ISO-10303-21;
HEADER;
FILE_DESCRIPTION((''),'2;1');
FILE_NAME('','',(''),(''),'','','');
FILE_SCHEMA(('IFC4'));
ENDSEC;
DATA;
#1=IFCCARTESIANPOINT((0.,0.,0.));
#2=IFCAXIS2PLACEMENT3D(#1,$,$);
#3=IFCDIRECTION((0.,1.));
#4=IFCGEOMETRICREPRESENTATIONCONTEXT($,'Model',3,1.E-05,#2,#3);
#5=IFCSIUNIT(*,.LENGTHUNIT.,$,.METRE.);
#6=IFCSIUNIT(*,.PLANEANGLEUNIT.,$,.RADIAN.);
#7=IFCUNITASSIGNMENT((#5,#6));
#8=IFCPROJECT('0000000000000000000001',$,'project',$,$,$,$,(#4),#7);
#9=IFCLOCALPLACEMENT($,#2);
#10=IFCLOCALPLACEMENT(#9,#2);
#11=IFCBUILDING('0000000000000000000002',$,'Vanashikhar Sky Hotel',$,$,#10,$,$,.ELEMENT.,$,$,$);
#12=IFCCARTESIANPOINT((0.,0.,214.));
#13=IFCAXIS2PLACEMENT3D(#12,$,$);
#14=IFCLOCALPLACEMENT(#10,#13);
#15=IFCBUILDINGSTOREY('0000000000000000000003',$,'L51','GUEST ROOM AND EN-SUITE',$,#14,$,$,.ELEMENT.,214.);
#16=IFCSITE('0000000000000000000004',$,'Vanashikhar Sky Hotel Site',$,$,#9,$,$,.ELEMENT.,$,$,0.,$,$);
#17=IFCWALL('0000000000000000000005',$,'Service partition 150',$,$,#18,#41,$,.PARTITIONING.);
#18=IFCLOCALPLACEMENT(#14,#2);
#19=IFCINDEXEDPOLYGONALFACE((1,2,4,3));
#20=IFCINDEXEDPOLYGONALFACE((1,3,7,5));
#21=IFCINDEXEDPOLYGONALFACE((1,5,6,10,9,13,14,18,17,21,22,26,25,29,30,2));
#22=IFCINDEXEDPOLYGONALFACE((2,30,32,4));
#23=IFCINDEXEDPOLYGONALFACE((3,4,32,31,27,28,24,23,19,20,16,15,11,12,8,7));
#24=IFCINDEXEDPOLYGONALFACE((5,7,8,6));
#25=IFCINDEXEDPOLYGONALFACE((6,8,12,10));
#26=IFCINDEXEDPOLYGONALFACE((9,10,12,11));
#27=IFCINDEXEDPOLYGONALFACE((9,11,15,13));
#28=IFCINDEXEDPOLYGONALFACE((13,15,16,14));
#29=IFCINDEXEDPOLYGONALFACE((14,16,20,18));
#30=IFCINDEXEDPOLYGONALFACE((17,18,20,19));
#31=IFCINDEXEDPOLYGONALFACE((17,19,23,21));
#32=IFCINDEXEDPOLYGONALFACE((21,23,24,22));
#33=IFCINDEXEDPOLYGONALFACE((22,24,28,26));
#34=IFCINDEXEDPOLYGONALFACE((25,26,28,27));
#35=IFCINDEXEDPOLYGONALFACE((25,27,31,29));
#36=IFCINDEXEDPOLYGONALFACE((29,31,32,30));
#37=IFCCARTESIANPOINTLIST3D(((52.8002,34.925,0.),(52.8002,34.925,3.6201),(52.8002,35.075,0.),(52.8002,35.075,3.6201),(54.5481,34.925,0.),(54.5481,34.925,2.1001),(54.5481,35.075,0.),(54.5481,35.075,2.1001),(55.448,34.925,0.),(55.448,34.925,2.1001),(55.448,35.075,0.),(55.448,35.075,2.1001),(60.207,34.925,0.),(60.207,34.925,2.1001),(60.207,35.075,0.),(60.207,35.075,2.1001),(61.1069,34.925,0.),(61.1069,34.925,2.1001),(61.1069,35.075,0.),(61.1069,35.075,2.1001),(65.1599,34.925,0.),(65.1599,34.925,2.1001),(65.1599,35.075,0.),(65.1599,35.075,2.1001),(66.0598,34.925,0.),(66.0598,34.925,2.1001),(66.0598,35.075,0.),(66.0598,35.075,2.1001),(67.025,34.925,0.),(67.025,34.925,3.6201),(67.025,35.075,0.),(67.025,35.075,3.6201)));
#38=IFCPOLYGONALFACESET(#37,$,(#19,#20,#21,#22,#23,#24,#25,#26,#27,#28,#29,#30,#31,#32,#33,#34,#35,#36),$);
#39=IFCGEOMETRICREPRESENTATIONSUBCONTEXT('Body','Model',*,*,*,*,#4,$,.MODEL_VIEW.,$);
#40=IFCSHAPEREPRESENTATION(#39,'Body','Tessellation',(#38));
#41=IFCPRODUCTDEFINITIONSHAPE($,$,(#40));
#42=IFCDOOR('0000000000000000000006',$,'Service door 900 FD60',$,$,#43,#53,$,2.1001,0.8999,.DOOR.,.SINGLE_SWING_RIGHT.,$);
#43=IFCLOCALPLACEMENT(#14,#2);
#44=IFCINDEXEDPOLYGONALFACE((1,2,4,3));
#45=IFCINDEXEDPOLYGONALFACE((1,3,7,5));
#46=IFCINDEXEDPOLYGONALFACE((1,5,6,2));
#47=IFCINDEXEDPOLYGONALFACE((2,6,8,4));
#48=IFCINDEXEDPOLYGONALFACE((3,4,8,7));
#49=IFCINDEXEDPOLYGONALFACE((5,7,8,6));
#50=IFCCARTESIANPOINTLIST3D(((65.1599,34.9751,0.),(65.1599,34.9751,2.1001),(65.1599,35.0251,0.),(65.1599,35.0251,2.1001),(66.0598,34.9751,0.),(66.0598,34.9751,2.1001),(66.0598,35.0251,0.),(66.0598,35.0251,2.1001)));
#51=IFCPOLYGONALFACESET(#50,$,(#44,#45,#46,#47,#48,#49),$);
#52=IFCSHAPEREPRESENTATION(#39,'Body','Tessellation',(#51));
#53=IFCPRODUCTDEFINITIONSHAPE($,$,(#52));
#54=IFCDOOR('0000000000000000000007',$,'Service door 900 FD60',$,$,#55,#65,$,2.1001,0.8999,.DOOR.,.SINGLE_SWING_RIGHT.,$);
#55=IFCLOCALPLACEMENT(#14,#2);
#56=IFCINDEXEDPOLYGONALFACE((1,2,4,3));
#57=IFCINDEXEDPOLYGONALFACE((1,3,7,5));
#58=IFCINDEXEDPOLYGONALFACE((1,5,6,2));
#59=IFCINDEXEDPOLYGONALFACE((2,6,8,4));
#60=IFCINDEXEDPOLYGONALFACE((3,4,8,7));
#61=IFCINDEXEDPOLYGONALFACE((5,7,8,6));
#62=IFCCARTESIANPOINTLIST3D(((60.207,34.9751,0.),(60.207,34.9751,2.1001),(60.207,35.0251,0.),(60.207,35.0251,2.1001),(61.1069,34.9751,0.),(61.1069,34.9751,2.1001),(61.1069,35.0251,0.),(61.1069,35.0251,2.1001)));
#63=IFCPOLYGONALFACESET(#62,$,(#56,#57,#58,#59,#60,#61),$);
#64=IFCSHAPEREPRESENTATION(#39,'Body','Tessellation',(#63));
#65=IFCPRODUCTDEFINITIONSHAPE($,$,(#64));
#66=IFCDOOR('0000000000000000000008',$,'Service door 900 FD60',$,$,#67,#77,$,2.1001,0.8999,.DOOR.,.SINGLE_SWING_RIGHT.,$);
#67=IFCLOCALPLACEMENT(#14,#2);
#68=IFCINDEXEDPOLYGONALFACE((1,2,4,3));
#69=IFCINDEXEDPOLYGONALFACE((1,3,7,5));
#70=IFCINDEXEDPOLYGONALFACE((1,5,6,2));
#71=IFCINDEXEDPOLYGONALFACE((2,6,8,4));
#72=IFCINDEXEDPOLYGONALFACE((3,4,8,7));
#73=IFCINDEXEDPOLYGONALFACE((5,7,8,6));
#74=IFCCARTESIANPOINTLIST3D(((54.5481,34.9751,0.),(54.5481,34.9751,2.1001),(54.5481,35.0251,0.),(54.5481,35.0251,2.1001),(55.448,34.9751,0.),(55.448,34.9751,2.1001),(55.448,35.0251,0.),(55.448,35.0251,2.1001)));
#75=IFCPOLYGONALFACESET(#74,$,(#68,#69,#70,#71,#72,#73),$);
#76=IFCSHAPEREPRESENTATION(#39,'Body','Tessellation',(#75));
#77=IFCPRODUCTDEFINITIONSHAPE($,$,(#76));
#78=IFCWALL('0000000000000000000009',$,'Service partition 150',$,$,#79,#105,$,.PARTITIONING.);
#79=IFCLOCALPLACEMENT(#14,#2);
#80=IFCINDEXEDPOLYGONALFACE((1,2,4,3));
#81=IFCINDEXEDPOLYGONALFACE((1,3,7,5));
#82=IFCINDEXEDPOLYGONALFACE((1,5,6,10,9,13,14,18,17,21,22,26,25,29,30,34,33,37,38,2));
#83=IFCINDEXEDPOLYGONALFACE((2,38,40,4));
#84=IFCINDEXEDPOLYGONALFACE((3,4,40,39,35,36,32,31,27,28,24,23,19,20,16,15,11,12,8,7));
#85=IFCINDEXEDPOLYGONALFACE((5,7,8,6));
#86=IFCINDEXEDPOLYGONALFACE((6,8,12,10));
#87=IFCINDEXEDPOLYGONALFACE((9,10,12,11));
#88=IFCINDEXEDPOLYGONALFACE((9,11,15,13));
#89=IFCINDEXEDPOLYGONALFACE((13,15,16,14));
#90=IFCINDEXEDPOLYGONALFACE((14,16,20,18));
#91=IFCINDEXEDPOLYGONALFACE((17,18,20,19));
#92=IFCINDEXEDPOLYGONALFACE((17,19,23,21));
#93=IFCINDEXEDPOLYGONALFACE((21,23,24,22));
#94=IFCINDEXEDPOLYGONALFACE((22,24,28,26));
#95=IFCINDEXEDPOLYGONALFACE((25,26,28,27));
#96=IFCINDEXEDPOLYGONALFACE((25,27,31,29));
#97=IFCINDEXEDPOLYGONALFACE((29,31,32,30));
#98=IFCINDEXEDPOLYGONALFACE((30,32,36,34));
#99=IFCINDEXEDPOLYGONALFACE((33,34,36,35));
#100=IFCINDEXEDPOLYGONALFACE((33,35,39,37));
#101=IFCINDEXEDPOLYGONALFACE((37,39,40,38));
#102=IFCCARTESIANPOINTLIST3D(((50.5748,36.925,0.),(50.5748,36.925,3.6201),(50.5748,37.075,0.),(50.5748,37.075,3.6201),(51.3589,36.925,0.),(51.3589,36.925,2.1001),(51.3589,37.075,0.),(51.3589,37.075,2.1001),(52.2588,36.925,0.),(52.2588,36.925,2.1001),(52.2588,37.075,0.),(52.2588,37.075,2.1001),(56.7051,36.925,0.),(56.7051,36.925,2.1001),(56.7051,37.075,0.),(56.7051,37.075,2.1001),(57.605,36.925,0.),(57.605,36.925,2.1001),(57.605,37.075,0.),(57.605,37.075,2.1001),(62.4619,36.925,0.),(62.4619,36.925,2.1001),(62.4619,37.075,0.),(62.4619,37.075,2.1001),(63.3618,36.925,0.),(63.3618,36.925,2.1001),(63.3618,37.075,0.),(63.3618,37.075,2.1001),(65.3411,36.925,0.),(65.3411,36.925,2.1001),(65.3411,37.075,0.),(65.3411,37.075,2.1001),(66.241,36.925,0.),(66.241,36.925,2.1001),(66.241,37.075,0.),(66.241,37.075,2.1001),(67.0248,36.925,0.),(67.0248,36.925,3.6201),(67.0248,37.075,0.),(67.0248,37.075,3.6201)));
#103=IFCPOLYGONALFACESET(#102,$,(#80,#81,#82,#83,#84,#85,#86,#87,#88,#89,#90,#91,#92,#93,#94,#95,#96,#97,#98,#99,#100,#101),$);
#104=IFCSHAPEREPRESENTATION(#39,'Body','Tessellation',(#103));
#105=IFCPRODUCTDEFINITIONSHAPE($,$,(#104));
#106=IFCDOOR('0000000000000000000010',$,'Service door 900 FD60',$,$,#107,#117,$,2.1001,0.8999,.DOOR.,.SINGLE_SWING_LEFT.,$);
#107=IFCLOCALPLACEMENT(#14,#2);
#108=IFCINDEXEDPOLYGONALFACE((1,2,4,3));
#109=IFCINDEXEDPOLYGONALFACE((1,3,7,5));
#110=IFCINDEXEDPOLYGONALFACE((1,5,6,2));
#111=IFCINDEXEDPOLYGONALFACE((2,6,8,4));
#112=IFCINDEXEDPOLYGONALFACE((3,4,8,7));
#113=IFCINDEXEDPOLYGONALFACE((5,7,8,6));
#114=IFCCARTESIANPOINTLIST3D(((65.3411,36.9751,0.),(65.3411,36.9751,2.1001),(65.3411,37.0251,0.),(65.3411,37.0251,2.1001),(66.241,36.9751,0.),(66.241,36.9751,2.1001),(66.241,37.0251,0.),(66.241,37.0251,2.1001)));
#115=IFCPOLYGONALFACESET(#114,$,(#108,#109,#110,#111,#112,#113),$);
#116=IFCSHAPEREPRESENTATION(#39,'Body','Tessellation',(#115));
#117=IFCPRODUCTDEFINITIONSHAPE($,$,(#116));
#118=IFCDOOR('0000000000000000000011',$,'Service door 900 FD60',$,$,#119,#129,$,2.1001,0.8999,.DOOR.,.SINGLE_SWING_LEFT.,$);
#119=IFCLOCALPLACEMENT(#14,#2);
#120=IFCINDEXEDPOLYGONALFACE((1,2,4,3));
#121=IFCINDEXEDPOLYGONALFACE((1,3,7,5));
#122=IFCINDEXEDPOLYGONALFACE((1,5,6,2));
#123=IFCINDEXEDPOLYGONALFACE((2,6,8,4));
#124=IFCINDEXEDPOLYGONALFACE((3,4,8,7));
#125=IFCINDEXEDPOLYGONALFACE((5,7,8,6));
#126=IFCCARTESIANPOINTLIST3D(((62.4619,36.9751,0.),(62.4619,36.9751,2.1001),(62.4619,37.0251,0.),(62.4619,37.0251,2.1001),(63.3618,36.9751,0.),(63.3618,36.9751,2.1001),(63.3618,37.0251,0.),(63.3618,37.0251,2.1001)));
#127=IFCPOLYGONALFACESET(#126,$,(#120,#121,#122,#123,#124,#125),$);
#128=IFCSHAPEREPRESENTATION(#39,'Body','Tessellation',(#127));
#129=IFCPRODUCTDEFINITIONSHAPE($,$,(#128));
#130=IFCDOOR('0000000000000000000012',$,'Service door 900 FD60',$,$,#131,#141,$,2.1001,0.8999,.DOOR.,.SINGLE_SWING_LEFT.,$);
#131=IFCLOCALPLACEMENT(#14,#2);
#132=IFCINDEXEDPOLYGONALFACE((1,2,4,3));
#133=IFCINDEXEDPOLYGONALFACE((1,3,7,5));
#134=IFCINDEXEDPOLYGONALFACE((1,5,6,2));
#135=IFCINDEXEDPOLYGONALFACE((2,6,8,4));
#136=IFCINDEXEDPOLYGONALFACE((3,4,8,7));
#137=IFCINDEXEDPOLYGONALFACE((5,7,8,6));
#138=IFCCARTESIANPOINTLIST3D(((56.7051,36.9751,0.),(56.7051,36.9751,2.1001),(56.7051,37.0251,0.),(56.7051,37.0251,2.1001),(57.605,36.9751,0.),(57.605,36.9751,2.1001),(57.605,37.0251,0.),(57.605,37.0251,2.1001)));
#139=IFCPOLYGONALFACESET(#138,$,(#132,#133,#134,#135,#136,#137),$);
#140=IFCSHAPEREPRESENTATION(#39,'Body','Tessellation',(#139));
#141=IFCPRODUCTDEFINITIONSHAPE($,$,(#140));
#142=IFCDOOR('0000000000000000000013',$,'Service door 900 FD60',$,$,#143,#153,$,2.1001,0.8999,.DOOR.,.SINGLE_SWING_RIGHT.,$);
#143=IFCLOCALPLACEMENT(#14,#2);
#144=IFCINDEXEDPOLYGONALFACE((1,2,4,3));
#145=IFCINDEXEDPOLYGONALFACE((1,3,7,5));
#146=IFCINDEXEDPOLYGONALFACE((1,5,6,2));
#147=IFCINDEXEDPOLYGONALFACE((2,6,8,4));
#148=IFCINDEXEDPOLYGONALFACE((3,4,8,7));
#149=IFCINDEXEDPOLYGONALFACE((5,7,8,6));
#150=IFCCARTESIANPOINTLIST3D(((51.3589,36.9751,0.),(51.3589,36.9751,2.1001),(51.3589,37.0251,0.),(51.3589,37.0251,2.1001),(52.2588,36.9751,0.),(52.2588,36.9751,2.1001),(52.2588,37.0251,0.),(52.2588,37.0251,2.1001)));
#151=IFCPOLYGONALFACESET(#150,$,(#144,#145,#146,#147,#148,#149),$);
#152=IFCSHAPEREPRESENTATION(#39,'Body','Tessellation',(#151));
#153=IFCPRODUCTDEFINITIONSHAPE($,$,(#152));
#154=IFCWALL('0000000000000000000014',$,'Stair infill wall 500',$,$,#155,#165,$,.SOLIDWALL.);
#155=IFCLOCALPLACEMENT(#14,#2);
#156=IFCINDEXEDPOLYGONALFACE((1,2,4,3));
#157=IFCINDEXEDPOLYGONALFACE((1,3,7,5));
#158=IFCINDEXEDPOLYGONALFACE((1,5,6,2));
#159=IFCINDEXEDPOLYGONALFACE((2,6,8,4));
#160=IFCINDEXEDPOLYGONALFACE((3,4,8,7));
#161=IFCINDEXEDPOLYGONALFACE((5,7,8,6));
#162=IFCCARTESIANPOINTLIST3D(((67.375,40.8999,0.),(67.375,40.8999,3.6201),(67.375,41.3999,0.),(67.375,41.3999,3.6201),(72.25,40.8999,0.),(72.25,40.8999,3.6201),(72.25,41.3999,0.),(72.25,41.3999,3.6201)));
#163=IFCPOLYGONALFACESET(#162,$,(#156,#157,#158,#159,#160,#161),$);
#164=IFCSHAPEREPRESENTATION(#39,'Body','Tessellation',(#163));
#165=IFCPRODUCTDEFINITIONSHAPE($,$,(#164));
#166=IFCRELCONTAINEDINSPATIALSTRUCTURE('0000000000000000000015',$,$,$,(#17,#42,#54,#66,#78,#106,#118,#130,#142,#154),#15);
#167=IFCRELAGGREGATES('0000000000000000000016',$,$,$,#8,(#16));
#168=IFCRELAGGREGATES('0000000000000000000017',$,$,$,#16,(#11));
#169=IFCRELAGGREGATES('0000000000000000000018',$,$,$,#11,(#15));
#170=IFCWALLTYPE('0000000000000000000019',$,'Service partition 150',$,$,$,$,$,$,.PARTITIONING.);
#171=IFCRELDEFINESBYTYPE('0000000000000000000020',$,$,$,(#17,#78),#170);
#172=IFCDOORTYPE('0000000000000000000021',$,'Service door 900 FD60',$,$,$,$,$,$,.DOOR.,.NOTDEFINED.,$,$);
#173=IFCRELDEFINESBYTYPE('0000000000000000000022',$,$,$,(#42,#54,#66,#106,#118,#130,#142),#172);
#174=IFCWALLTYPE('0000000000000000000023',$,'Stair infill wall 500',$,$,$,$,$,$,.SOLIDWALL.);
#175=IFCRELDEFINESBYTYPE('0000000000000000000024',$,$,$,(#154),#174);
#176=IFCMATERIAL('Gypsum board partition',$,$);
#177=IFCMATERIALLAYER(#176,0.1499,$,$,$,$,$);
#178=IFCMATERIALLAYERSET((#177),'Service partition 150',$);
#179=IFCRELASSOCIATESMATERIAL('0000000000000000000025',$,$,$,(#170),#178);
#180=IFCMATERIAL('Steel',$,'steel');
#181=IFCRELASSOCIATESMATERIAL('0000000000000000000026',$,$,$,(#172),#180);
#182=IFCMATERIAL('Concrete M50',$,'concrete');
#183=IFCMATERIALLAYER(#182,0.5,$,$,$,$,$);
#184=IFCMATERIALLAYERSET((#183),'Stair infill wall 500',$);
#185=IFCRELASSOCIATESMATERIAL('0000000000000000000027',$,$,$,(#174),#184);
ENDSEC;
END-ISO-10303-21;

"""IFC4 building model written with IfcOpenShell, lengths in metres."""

from ifc_helpers import new_model, si_unit, direction, frame, frame_2d, origin, place, context, subcontext, project, spatial, rectangle, extrude, source, transform, mapped, material, layer, layer_set, type_object, element, fill, save


model = new_model("IFC4")

# Units and contexts
model_context = context("Model", 3, precision=1e-05, world=origin(), true_north=direction((0.0, 1.0)))
body_context = subcontext(model_context, "Body", "Model", "MODEL_VIEW")
ifc_project = project(units=[si_unit("LENGTHUNIT", "METRE"), si_unit("PLANEANGLEUNIT", "RADIAN")], contexts=[model_context])

# Site, building, storey
site_placement = place(None, origin())
site = spatial("IfcSite", under=ifc_project, at=site_placement, Name="Vanashikhar Sky Hotel Site", CompositionType="ELEMENT", RefElevation=0.0)
building_placement = place(site_placement, origin())
building = spatial("IfcBuilding", under=site, at=building_placement, Name="Vanashikhar Sky Hotel", CompositionType="ELEMENT")
storey_placement = place(building_placement, frame((0.0, 0.0, 214.0)))
storey = spatial("IfcBuildingStorey", under=building, at=storey_placement, Name="L51", Description="GUEST ROOM AND EN-SUITE", CompositionType="ELEMENT", Elevation=214.0)

# Walls, openings, doors
ifc_material_1 = material(Name="Gypsum board partition")
ifc_layer_1 = layer(ifc_material_1, 0.1499)
ifc_layer_set_1 = layer_set([ifc_layer_1], Name="Service partition 150")
wall_type_1 = type_object("IfcWallType", Name="Service partition 150", PredefinedType="PARTITIONING", material=ifc_layer_set_1)
shared_shape_1 = source(origin(), body_context, "Body", "SweptSolid", [
    extrude(rectangle(XDim=14.2249, YDim=0.1499, at=frame_2d((7.1123, 0.0))), origin(), (0.0, 0.0, 1.0), 3.6201),
])
wall_1_placement = place(storey_placement, frame((67.0249, 35.0, 0.0), z_axis=(0.0, 0.0, 1.0), x_axis=(-1.0, 0.0, 0.0)))
wall_1 = element("IfcWall", 1, at=wall_1_placement, inside=storey, type_object=wall_type_1, Name="Service partition 150", PredefinedType="PARTITIONING", context=body_context, shape_type="MappedRepresentation", body=[
    mapped(shared_shape_1, transform((0.0, 0.0, 0.0), scale=1.0)),
])
shared_shape_2 = source(origin(), body_context, "Body", "SweptSolid", [
    extrude(rectangle(XDim=0.8999, YDim=2.1001, at=frame_2d((0.45, 1.05))), frame((0.0, 0.085, 0.0), z_axis=(0.0, -1.0, 0.0), x_axis=(1.0, 0.0, 0.0)), (0.0, 0.0, 1.0), 0.1699),
])
opening_1_placement = place(wall_1_placement, frame((0.9651, 0.0, 0.0)))
opening_1 = element("IfcOpeningElement", 2, at=opening_1_placement, cuts=wall_1, PredefinedType="OPENING", context=body_context, shape_type="MappedRepresentation", body=[
    mapped(shared_shape_2, transform((0.0, 0.0, 0.0), scale=1.0)),
])
opening_2_placement = place(wall_1_placement, frame((5.918, 0.0, 0.0)))
opening_2 = element("IfcOpeningElement", 3, at=opening_2_placement, cuts=wall_1, PredefinedType="OPENING", context=body_context, shape_type="MappedRepresentation", body=[
    mapped(shared_shape_2, transform((0.0, 0.0, 0.0), scale=1.0)),
])
opening_3_placement = place(wall_1_placement, frame((11.5769, 0.0, 0.0)))
opening_3 = element("IfcOpeningElement", 4, at=opening_3_placement, cuts=wall_1, PredefinedType="OPENING", context=body_context, shape_type="MappedRepresentation", body=[
    mapped(shared_shape_2, transform((0.0, 0.0, 0.0), scale=1.0)),
])
ifc_material_2 = material(Name="Steel", Category="steel")
door_type = type_object("IfcDoorType", Name="Service door 900 FD60", OperationType="NOTDEFINED", PredefinedType="DOOR", material=ifc_material_2)
shared_shape_3 = source(origin(), body_context, "Body", "SweptSolid", [
    extrude(rectangle(XDim=0.8999, YDim=2.1001, at=frame_2d((0.45, 1.05))), frame((0.0, 0.0249, 0.0), z_axis=(0.0, -1.0, 0.0), x_axis=(1.0, 0.0, 0.0)), (0.0, 0.0, 1.0), 0.05),
])
door_1_placement = place(opening_1_placement, origin())
door_1 = element("IfcDoor", 5, at=door_1_placement, inside=storey, type_object=door_type, Name="Service door 900 FD60", OperationType="SINGLE_SWING_RIGHT", OverallHeight=2.1001, OverallWidth=0.8999, PredefinedType="DOOR", context=body_context, shape_type="MappedRepresentation", body=[
    mapped(shared_shape_3, transform((0.0, 0.0, 0.0), scale=1.0)),
])
fill(opening_1, door_1)
door_2_placement = place(opening_2_placement, origin())
door_2 = element("IfcDoor", 6, at=door_2_placement, inside=storey, type_object=door_type, Name="Service door 900 FD60", OperationType="SINGLE_SWING_RIGHT", OverallHeight=2.1001, OverallWidth=0.8999, PredefinedType="DOOR", context=body_context, shape_type="MappedRepresentation", body=[
    mapped(shared_shape_3, transform((0.0, 0.0, 0.0), scale=1.0)),
])
fill(opening_2, door_2)
door_3_placement = place(opening_3_placement, origin())
door_3 = element("IfcDoor", 7, at=door_3_placement, inside=storey, type_object=door_type, Name="Service door 900 FD60", OperationType="SINGLE_SWING_RIGHT", OverallHeight=2.1001, OverallWidth=0.8999, PredefinedType="DOOR", context=body_context, shape_type="MappedRepresentation", body=[
    mapped(shared_shape_3, transform((0.0, 0.0, 0.0), scale=1.0)),
])
fill(opening_3, door_3)
shared_shape_4 = source(origin(), body_context, "Body", "SweptSolid", [
    extrude(rectangle(XDim=16.45, YDim=0.1499, at=frame_2d((8.2251, 0.0))), origin(), (0.0, 0.0, 1.0), 3.6201),
])
wall_2_placement = place(storey_placement, frame((67.0249, 37.0, 0.0), z_axis=(0.0, 0.0, 1.0), x_axis=(-1.0, 0.0, 0.0)))
wall_2 = element("IfcWall", 8, at=wall_2_placement, inside=storey, type_object=wall_type_1, Name="Service partition 150", PredefinedType="PARTITIONING", context=body_context, shape_type="MappedRepresentation", body=[
    mapped(shared_shape_4, transform((0.0, 0.0, 0.0), scale=1.0)),
])
opening_4_placement = place(wall_2_placement, frame((0.7839, 0.0, 0.0)))
opening_4 = element("IfcOpeningElement", 9, at=opening_4_placement, cuts=wall_2, PredefinedType="OPENING", context=body_context, shape_type="MappedRepresentation", body=[
    mapped(shared_shape_2, transform((0.0, 0.0, 0.0), scale=1.0)),
])
opening_5_placement = place(wall_2_placement, frame((3.6631, 0.0, 0.0)))
opening_5 = element("IfcOpeningElement", 10, at=opening_5_placement, cuts=wall_2, PredefinedType="OPENING", context=body_context, shape_type="MappedRepresentation", body=[
    mapped(shared_shape_2, transform((0.0, 0.0, 0.0), scale=1.0)),
])
opening_6_placement = place(wall_2_placement, frame((9.4199, 0.0, 0.0)))
opening_6 = element("IfcOpeningElement", 11, at=opening_6_placement, cuts=wall_2, PredefinedType="OPENING", context=body_context, shape_type="MappedRepresentation", body=[
    mapped(shared_shape_2, transform((0.0, 0.0, 0.0), scale=1.0)),
])
opening_7_placement = place(wall_2_placement, frame((14.7661, 0.0, 0.0)))
opening_7 = element("IfcOpeningElement", 12, at=opening_7_placement, cuts=wall_2, PredefinedType="OPENING", context=body_context, shape_type="MappedRepresentation", body=[
    mapped(shared_shape_2, transform((0.0, 0.0, 0.0), scale=1.0)),
])
door_4_placement = place(opening_4_placement, origin())
door_4 = element("IfcDoor", 13, at=door_4_placement, inside=storey, type_object=door_type, Name="Service door 900 FD60", OperationType="SINGLE_SWING_LEFT", OverallHeight=2.1001, OverallWidth=0.8999, PredefinedType="DOOR", context=body_context, shape_type="MappedRepresentation", body=[
    mapped(shared_shape_3, transform((0.0, 0.0, 0.0), scale=1.0)),
])
fill(opening_4, door_4)
door_5_placement = place(opening_5_placement, origin())
door_5 = element("IfcDoor", 14, at=door_5_placement, inside=storey, type_object=door_type, Name="Service door 900 FD60", OperationType="SINGLE_SWING_LEFT", OverallHeight=2.1001, OverallWidth=0.8999, PredefinedType="DOOR", context=body_context, shape_type="MappedRepresentation", body=[
    mapped(shared_shape_3, transform((0.0, 0.0, 0.0), scale=1.0)),
])
fill(opening_5, door_5)
door_6_placement = place(opening_6_placement, origin())
door_6 = element("IfcDoor", 15, at=door_6_placement, inside=storey, type_object=door_type, Name="Service door 900 FD60", OperationType="SINGLE_SWING_LEFT", OverallHeight=2.1001, OverallWidth=0.8999, PredefinedType="DOOR", context=body_context, shape_type="MappedRepresentation", body=[
    mapped(shared_shape_3, transform((0.0, 0.0, 0.0), scale=1.0)),
])
fill(opening_6, door_6)
door_7_placement = place(opening_7_placement, origin())
door_7 = element("IfcDoor", 16, at=door_7_placement, inside=storey, type_object=door_type, Name="Service door 900 FD60", OperationType="SINGLE_SWING_RIGHT", OverallHeight=2.1001, OverallWidth=0.8999, PredefinedType="DOOR", context=body_context, shape_type="MappedRepresentation", body=[
    mapped(shared_shape_3, transform((0.0, 0.0, 0.0), scale=1.0)),
])
fill(opening_7, door_7)

# Wall
ifc_material_3 = material(Name="Concrete M50", Category="concrete")
ifc_layer_2 = layer(ifc_material_3, 0.5)
ifc_layer_set_2 = layer_set([ifc_layer_2], Name="Stair infill wall 500")
wall_type_2 = type_object("IfcWallType", Name="Stair infill wall 500", PredefinedType="SOLIDWALL", material=ifc_layer_set_2)
shared_shape_5 = source(origin(), body_context, "Body", "SweptSolid", [
    extrude(rectangle(XDim=4.875, YDim=0.5, at=frame_2d((2.4375, 0.0))), origin(), (0.0, 0.0, 1.0), 3.6201),
])
wall_3_placement = place(storey_placement, frame((67.375, 41.1499, 0.0), z_axis=(0.0, 0.0, 1.0), x_axis=(1.0, 0.0, 0.0)))
element("IfcWall", 17, at=wall_3_placement, inside=storey, type_object=wall_type_2, Name="Stair infill wall 500", PredefinedType="SOLIDWALL", context=body_context, shape_type="MappedRepresentation", body=[
    mapped(shared_shape_5, transform((0.0, 0.0, 0.0), scale=1.0)),
])

save(model, "model.ifc")
